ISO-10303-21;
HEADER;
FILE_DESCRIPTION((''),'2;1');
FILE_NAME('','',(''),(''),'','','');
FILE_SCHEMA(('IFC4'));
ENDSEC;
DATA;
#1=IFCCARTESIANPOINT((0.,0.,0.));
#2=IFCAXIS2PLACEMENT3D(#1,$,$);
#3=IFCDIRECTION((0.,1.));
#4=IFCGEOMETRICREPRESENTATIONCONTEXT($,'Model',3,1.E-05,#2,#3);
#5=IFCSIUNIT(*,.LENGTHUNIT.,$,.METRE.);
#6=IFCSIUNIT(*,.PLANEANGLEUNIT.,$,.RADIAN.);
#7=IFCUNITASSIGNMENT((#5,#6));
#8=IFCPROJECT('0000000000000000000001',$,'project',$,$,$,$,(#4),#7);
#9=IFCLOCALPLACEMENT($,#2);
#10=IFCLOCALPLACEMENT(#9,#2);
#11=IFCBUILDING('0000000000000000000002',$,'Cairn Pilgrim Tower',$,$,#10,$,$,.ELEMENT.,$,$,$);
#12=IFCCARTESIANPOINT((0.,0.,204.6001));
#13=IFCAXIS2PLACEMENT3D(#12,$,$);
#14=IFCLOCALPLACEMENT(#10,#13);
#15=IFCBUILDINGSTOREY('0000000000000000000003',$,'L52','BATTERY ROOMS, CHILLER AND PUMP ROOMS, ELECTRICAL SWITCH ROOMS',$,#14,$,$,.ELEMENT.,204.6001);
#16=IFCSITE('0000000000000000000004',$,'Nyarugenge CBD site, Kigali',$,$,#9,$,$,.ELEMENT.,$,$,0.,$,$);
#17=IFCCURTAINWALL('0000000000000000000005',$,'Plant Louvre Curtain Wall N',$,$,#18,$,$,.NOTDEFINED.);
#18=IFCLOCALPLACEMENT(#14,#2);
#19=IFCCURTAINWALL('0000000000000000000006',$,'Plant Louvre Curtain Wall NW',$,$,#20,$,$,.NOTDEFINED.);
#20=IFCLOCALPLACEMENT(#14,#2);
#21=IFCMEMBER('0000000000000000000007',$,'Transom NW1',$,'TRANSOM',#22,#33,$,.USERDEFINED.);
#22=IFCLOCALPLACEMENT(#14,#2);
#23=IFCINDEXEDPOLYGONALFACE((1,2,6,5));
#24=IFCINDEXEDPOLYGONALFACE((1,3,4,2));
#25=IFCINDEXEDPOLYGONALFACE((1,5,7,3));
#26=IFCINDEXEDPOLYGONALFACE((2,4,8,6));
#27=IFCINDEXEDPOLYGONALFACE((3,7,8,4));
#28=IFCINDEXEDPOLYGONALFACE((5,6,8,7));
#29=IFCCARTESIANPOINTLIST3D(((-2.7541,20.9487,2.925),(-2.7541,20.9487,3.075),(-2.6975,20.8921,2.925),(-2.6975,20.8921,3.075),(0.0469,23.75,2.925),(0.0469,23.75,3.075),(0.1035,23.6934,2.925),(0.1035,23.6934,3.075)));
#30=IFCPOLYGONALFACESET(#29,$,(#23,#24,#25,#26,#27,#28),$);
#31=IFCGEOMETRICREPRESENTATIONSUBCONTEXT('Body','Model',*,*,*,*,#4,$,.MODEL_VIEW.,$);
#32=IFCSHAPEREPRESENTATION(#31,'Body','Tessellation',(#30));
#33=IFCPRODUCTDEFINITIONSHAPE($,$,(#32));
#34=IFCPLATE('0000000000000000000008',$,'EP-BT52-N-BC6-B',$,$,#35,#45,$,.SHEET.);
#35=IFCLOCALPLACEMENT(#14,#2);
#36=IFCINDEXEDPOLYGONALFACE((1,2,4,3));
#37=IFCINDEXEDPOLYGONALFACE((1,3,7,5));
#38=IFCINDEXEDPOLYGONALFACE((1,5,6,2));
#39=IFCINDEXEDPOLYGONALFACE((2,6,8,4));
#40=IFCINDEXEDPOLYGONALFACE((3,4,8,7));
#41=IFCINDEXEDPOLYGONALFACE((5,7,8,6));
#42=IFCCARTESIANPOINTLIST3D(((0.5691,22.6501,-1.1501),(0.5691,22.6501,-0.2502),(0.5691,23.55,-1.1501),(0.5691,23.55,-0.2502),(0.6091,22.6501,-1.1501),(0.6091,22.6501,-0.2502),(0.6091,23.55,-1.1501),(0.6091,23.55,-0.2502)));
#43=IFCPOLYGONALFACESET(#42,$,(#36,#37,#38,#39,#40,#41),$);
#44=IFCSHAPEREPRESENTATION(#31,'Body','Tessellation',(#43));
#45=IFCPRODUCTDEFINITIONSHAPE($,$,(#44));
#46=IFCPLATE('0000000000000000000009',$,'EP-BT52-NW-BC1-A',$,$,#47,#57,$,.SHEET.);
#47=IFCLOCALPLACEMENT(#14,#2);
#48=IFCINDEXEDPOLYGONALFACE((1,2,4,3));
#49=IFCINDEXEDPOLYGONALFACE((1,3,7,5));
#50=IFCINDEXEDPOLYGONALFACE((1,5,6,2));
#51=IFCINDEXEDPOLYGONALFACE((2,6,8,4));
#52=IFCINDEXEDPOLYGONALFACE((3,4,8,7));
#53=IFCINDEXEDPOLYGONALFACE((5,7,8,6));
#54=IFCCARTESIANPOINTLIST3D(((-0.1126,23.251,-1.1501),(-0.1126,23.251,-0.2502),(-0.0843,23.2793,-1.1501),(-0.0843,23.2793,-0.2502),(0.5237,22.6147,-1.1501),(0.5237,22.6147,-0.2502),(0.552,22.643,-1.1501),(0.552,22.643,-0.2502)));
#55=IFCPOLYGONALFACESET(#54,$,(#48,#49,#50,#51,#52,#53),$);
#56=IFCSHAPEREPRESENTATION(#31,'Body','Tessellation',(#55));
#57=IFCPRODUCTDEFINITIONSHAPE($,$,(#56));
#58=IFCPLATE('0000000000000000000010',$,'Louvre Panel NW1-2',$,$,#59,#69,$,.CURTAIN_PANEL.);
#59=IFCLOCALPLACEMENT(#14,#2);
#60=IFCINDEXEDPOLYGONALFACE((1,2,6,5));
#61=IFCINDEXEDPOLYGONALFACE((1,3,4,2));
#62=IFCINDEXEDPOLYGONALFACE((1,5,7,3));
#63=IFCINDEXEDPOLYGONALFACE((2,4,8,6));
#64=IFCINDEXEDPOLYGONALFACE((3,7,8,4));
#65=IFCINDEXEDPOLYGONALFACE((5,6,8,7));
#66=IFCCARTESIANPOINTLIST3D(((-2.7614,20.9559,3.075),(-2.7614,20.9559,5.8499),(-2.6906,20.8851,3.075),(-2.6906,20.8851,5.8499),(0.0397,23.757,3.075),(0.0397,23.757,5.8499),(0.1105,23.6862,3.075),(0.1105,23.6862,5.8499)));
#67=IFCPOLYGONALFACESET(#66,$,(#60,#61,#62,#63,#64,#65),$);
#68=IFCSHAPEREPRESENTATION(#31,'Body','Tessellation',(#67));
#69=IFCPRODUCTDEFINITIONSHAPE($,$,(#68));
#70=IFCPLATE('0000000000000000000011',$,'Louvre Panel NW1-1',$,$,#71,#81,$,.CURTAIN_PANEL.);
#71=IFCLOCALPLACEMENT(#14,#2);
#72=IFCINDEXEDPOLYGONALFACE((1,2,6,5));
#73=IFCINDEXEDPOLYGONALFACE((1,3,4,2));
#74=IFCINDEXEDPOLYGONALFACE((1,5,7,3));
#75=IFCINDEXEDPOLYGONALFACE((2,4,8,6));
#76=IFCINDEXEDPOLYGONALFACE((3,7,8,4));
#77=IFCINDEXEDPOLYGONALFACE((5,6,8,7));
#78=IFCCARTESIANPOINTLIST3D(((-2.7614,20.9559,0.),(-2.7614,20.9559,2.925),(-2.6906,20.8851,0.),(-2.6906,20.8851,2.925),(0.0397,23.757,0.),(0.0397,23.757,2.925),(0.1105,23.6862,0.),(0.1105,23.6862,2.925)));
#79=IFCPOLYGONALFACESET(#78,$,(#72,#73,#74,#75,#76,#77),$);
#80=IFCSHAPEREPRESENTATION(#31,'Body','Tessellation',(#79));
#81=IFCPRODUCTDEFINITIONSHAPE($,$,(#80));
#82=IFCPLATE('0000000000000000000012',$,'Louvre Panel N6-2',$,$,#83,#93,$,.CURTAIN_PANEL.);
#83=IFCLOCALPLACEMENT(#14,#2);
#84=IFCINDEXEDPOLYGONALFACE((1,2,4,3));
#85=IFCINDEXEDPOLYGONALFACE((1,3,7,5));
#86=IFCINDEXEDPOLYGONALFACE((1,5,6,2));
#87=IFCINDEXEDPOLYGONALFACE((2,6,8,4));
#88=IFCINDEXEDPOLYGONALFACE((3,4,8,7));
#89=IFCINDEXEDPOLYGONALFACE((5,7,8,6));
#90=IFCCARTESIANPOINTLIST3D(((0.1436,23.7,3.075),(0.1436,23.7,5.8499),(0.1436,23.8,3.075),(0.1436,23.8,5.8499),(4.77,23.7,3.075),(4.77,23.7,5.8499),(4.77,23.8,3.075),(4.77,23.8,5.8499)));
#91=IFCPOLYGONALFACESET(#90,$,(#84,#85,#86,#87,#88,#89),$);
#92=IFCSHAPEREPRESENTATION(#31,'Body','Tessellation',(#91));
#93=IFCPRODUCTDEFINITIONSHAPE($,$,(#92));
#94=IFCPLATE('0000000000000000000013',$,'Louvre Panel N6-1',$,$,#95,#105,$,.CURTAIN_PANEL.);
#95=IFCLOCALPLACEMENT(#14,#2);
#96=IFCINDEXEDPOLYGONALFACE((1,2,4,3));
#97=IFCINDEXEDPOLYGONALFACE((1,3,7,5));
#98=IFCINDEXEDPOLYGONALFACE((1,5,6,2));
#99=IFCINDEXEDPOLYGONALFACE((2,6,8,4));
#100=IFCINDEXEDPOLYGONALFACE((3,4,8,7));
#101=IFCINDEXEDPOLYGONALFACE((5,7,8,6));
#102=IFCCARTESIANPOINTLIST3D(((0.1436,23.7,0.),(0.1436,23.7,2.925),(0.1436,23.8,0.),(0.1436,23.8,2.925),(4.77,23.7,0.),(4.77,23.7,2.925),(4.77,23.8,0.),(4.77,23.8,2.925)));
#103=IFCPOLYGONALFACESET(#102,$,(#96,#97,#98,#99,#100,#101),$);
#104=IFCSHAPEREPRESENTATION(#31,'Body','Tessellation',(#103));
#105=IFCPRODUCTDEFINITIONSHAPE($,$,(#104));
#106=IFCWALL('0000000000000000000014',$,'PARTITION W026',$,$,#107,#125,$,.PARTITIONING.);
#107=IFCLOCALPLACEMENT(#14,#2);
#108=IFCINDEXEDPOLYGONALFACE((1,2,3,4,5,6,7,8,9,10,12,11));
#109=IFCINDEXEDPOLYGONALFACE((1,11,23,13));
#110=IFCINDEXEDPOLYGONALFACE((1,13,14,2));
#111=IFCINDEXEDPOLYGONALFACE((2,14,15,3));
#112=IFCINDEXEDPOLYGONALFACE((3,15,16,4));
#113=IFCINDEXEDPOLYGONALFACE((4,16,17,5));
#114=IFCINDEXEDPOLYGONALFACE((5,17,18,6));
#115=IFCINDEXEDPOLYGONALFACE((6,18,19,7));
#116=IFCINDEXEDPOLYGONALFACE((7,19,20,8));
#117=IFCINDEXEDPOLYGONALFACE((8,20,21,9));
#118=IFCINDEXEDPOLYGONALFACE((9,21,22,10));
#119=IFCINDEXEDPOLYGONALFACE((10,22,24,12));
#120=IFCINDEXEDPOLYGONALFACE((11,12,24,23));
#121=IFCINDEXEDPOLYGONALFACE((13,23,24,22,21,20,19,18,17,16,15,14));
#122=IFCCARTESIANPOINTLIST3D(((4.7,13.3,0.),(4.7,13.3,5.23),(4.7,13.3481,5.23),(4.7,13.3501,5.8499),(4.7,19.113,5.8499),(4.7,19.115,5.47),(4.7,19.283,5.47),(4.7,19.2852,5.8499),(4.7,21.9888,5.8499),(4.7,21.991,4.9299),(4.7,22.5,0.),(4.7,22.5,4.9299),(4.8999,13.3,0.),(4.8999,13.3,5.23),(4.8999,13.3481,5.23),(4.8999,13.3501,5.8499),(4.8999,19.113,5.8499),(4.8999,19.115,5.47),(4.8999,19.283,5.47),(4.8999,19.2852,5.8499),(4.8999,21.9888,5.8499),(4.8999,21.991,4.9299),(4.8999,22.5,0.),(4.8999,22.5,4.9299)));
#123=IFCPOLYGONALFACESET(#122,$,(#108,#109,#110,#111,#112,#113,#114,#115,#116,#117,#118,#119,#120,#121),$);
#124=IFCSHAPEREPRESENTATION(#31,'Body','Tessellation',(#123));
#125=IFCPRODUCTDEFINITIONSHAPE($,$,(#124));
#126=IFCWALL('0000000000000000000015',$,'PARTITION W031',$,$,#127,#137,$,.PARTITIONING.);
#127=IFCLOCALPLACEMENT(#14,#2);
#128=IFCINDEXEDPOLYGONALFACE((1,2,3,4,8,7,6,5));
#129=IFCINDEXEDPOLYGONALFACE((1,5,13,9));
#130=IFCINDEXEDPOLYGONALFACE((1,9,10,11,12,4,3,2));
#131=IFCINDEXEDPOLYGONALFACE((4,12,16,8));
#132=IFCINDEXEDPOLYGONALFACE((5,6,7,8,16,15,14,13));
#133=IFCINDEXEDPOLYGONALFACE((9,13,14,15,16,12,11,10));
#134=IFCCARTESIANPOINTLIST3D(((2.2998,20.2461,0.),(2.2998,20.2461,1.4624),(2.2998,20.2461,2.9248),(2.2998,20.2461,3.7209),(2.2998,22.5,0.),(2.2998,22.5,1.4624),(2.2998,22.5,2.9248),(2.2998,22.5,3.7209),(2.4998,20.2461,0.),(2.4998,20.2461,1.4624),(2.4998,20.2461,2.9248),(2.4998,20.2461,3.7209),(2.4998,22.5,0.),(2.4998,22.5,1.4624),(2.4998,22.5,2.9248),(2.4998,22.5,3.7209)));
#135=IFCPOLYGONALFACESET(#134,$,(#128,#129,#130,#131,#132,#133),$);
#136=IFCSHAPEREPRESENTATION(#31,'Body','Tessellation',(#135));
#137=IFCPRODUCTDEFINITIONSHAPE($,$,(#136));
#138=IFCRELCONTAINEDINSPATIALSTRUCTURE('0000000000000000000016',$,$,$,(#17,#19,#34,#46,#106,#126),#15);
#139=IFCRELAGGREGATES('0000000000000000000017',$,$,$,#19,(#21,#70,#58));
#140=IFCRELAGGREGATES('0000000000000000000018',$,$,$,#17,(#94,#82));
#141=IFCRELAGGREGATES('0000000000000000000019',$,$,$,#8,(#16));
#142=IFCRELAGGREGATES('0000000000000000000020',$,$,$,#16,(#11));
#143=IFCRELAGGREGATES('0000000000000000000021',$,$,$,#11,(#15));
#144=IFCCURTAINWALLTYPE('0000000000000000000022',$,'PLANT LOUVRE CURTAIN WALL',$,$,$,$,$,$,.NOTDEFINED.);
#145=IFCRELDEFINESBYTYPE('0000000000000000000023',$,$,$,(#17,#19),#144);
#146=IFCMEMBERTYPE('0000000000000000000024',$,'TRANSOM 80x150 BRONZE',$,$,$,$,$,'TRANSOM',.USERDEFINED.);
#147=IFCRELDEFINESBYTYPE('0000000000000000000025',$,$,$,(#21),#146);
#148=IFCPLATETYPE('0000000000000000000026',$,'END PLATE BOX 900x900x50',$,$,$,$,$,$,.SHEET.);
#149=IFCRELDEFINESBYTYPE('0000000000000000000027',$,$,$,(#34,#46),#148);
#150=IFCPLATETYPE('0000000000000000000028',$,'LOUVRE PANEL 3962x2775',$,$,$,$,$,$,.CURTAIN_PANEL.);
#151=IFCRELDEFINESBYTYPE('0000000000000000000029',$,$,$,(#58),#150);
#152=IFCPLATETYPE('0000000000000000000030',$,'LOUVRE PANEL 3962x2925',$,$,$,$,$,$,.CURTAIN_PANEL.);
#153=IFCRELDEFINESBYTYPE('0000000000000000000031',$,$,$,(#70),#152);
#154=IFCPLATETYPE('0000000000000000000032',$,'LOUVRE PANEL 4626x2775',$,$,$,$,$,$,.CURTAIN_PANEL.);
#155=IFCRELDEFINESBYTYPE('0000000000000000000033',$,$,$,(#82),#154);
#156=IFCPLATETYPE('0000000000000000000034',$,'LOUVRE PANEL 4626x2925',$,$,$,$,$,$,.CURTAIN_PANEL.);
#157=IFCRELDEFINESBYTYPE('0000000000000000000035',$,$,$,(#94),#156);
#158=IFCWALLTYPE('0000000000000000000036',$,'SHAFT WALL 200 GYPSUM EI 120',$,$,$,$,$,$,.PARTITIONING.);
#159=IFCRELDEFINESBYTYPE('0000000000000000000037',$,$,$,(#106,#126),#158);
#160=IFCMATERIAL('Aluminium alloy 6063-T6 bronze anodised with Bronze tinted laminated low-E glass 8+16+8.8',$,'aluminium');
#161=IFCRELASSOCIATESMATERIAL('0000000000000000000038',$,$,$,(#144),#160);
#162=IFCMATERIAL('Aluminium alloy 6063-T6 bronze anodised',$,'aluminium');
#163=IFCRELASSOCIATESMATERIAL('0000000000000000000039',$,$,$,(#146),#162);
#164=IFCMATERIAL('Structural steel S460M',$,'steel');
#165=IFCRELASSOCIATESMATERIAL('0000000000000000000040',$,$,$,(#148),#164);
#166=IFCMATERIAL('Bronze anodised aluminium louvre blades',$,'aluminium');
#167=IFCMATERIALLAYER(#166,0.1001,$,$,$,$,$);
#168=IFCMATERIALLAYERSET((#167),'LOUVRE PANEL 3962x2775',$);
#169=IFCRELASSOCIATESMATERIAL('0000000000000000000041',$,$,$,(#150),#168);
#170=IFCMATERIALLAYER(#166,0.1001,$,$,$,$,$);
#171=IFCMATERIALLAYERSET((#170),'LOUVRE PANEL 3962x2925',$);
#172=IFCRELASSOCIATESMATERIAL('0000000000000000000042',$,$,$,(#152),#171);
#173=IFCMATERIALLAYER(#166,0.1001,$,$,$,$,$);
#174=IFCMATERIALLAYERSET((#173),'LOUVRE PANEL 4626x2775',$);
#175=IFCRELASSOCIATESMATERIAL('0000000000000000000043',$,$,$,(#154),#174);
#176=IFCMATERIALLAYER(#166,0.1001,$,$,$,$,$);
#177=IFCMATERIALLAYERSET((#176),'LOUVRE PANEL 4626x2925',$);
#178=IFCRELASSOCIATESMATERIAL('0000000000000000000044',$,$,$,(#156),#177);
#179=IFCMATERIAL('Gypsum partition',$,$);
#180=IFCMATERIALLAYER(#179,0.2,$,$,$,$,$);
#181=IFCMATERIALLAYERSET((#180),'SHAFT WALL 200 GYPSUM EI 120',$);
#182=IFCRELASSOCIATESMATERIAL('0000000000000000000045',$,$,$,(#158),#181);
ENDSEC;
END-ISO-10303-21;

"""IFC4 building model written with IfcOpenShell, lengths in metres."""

from ifc_helpers import new_model, si_unit, direction, frame, origin, origin_2d, place, context, subcontext, project, spatial, polyline, rectangle, outline, extrude, material, layer, layer_set, material_profile, profile_set, type_object, element, aggregate, save


model = new_model("IFC4")

# Units and contexts
model_context = context("Model", 3, precision=1e-05, world=origin(), true_north=direction((0.0, 1.0)))
body_context = subcontext(model_context, "Body", "Model", "MODEL_VIEW")
ifc_project = project(units=[si_unit("LENGTHUNIT", "METRE"), si_unit("PLANEANGLEUNIT", "RADIAN")], contexts=[model_context])

# Site, building, storey
site_placement = place(None, origin())
site = spatial("IfcSite", under=ifc_project, at=site_placement, Name="Nyarugenge CBD site, Kigali", CompositionType="ELEMENT", RefElevation=0.0)
building_placement = place(site_placement, origin())
building = spatial("IfcBuilding", under=site, at=building_placement, Name="Cairn Pilgrim Tower", CompositionType="ELEMENT")
storey_placement = place(building_placement, frame((0.0, 0.0, 204.6001)))
storey = spatial("IfcBuildingStorey", under=building, at=storey_placement, Name="L52", Description="BATTERY ROOMS, CHILLER AND PUMP ROOMS, ELECTRICAL SWITCH ROOMS", CompositionType="ELEMENT", Elevation=204.6001)

# Shared definitions
ifc_material_1 = material(Name="Structural steel S460M", Category="steel")

# Curtain walls
ifc_material_2 = material(Name="Aluminium alloy 6063-T6 bronze anodised with Bronze tinted laminated low-E glass 8+16+8.8", Category="aluminium")
curtain_wall_type = type_object("IfcCurtainWallType", Name="PLANT LOUVRE CURTAIN WALL", PredefinedType="NOTDEFINED", material=ifc_material_2)
curtain_wall_1_placement = place(storey_placement, origin())
curtain_wall_1 = element("IfcCurtainWall", 1, at=curtain_wall_1_placement, inside=storey, type_object=curtain_wall_type, Name="Plant Louvre Curtain Wall N", PredefinedType="NOTDEFINED")
ifc_material_3 = material(Name="Aluminium alloy 6063-T6 bronze anodised", Category="aluminium")
curtain_wall_2_placement = place(storey_placement, origin())
curtain_wall_2 = element("IfcCurtainWall", 2, at=curtain_wall_2_placement, inside=storey, type_object=curtain_wall_type, Name="Plant Louvre Curtain Wall NW", PredefinedType="NOTDEFINED")

# Member
ifc_material_profile_1 = material_profile(ifc_material_3, rectangle(XDim=0.0801, YDim=0.1499, at=origin_2d()), Name="TRANSOM 80x150 BRONZE")
ifc_profile_set_1 = profile_set([ifc_material_profile_1], Name="Aluminium alloy 6063-T6 bronze anodised")
member_type_1 = type_object("IfcMemberType", Name="TRANSOM 80x150 BRONZE", ElementType="TRANSOM", PredefinedType="USERDEFINED", material=ifc_profile_set_1)
member_1_placement = place(storey_placement, frame((0.0752, 23.7217, 3.0), z_axis=(-0.707076, -0.707138, 0.0), x_axis=(0.707138, -0.707076, 0.0)))
member_1 = element("IfcMember", 3, at=member_1_placement, type_object=member_type_1, Name="Transom NW1", ObjectType="TRANSOM", PredefinedType="USERDEFINED", context=body_context, shape_type="SweptSolid", body=[
    extrude(rectangle(XDim=0.0801, YDim=0.1499, at=origin_2d()), origin(), (0.0, 0.0, 1.0), 3.9614),
])

# Plates
ifc_material_profile_2 = material_profile(ifc_material_1, rectangle(XDim=0.8999, YDim=0.8999, at=origin_2d()), Name="END PLATE BOX 900x900x50")
ifc_profile_set_2 = profile_set([ifc_material_profile_2], Name="Structural steel S460M")
plate_type_1 = type_object("IfcPlateType", Name="END PLATE BOX 900x900x50", PredefinedType="SHEET", material=ifc_profile_set_2)
for number, where, z_axis, x_axis, name in (
    (4, (0.6091, 23.1001, -0.7002), (-1.0, 0.0, 0.0), (0.0, -1.0, 0.0), "EP-BT52-N-BC6-B"),
    (5, (0.2056, 22.9329, -0.7002), (0.707107, 0.707107, 0.0), (-0.707107, 0.707107, 0.0), "EP-BT52-NW-BC1-A"),
):
    element("IfcPlate", number, at=place(storey_placement, frame(where, z_axis=z_axis, x_axis=x_axis)), inside=storey, type_object=plate_type_1, Name=name, PredefinedType="SHEET", context=body_context, shape_type="SweptSolid", body=[
        extrude(rectangle(XDim=0.8999, YDim=0.8999, at=origin_2d()), origin(), (0.0, 0.0, 1.0), 0.04),
    ])

# Plates
ifc_material_4 = material(Name="Bronze anodised aluminium louvre blades", Category="aluminium")
ifc_layer_1 = layer(ifc_material_4, 0.1001)
ifc_layer_set_1 = layer_set([ifc_layer_1], Name="LOUVRE PANEL 3962x2775")
plate_type_2 = type_object("IfcPlateType", Name="LOUVRE PANEL 3962x2775", PredefinedType="CURTAIN_PANEL", material=ifc_layer_set_1)
plate_1_placement = place(storey_placement, frame((-1.3254, 22.321, 3.075), z_axis=(0.0, 0.0, 1.0), x_axis=(-0.707107, -0.707107, 0.0)))
plate_1 = element("IfcPlate", 6, at=plate_1_placement, type_object=plate_type_2, Name="Louvre Panel NW1-2", PredefinedType="CURTAIN_PANEL", context=body_context, shape_type="SweptSolid", body=[
    extrude(rectangle(XDim=3.9614, YDim=0.1001, at=origin_2d()), origin(), (0.0, 0.0, 1.0), 2.7749),
])
ifc_layer_2 = layer(ifc_material_4, 0.1001)
ifc_layer_set_2 = layer_set([ifc_layer_2], Name="LOUVRE PANEL 3962x2925")
plate_type_3 = type_object("IfcPlateType", Name="LOUVRE PANEL 3962x2925", PredefinedType="CURTAIN_PANEL", material=ifc_layer_set_2)
plate_2_placement = place(storey_placement, frame((-1.3254, 22.321, 0.0), z_axis=(0.0, 0.0, 1.0), x_axis=(-0.707107, -0.707107, 0.0)))
plate_2 = element("IfcPlate", 7, at=plate_2_placement, type_object=plate_type_3, Name="Louvre Panel NW1-1", PredefinedType="CURTAIN_PANEL", context=body_context, shape_type="SweptSolid", body=[
    extrude(rectangle(XDim=3.9614, YDim=0.1001, at=origin_2d()), origin(), (0.0, 0.0, 1.0), 2.925),
])
aggregate(curtain_wall_2, [member_1, plate_2, plate_1])
ifc_layer_3 = layer(ifc_material_4, 0.1001)
ifc_layer_set_3 = layer_set([ifc_layer_3], Name="LOUVRE PANEL 4626x2775")
plate_type_4 = type_object("IfcPlateType", Name="LOUVRE PANEL 4626x2775", PredefinedType="CURTAIN_PANEL", material=ifc_layer_set_3)
plate_3_placement = place(storey_placement, frame((2.4568, 23.75, 3.075), z_axis=(0.0, 0.0, 1.0), x_axis=(-1.0, 0.0, 0.0)))
plate_3 = element("IfcPlate", 8, at=plate_3_placement, type_object=plate_type_4, Name="Louvre Panel N6-2", PredefinedType="CURTAIN_PANEL", context=body_context, shape_type="SweptSolid", body=[
    extrude(rectangle(XDim=4.6265, YDim=0.1001, at=origin_2d()), origin(), (0.0, 0.0, 1.0), 2.7749),
])
ifc_layer_4 = layer(ifc_material_4, 0.1001)
ifc_layer_set_4 = layer_set([ifc_layer_4], Name="LOUVRE PANEL 4626x2925")
plate_type_5 = type_object("IfcPlateType", Name="LOUVRE PANEL 4626x2925", PredefinedType="CURTAIN_PANEL", material=ifc_layer_set_4)
plate_4_placement = place(storey_placement, frame((2.4568, 23.75, 0.0), z_axis=(0.0, 0.0, 1.0), x_axis=(-1.0, 0.0, 0.0)))
plate_4 = element("IfcPlate", 9, at=plate_4_placement, type_object=plate_type_5, Name="Louvre Panel N6-1", PredefinedType="CURTAIN_PANEL", context=body_context, shape_type="SweptSolid", body=[
    extrude(rectangle(XDim=4.6265, YDim=0.1001, at=origin_2d()), origin(), (0.0, 0.0, 1.0), 2.925),
])
aggregate(curtain_wall_1, [plate_4, plate_3])

# Shared definitions
ifc_material_5 = material(Name="Gypsum partition")
ifc_layer_5 = layer(ifc_material_5, 0.2)
ifc_layer_set_5 = layer_set([ifc_layer_5], Name="SHAFT WALL 200 GYPSUM EI 120")
wall_type = type_object("IfcWallType", Name="SHAFT WALL 200 GYPSUM EI 120", PredefinedType="PARTITIONING", material=ifc_layer_set_5)

# Walls
wall_1_placement = place(storey_placement, frame((4.8, 13.3, 0.0), z_axis=(0.0, 0.0, 1.0), x_axis=(0.0, 1.0, 0.0)))
element("IfcWall", 10, at=wall_1_placement, inside=storey, type_object=wall_type, Name="PARTITION W026", PredefinedType="PARTITIONING", context=body_context, shape_type="SweptSolid", body=[
    extrude(outline(polyline([(0.0, 0.0), (9.2, 0.0), (9.2, 4.9299), (8.6909, 4.9299), (8.6887, 5.8499), (5.9851, 5.8499), (5.9829, 5.47), (5.8149, 5.47), (5.813, 5.8499), (0.05, 5.8499), (0.0481, 5.23), (0.0, 5.23), (0.0, 0.0)])), frame((0.0, 0.1001, 0.0), z_axis=(0.0, -1.0, 0.0), x_axis=(1.0, 0.0, 0.0)), (0.0, 0.0, 1.0), 0.2),
])
wall_2_placement = place(storey_placement, frame((2.3999, 20.2461, 0.0), z_axis=(0.0, 0.0, 1.0), x_axis=(0.0, 1.0, 0.0)))
element("IfcWall", 11, at=wall_2_placement, inside=storey, type_object=wall_type, Name="PARTITION W031", PredefinedType="PARTITIONING", context=body_context, shape_type="SweptSolid", body=[
    extrude(outline(polyline([(0.0, 0.0), (2.2539, 0.0), (2.2539, 1.4624), (2.2539, 2.9248), (2.2539, 3.7209), (0.0, 3.7209), (0.0, 2.9248), (0.0, 1.4624), (0.0, 0.0)])), frame((0.0, 0.1001, 0.0), z_axis=(0.0, -1.0, 0.0), x_axis=(1.0, 0.0, 0.0)), (0.0, 0.0, 1.0), 0.2),
])

save(model, "model.ifc")
